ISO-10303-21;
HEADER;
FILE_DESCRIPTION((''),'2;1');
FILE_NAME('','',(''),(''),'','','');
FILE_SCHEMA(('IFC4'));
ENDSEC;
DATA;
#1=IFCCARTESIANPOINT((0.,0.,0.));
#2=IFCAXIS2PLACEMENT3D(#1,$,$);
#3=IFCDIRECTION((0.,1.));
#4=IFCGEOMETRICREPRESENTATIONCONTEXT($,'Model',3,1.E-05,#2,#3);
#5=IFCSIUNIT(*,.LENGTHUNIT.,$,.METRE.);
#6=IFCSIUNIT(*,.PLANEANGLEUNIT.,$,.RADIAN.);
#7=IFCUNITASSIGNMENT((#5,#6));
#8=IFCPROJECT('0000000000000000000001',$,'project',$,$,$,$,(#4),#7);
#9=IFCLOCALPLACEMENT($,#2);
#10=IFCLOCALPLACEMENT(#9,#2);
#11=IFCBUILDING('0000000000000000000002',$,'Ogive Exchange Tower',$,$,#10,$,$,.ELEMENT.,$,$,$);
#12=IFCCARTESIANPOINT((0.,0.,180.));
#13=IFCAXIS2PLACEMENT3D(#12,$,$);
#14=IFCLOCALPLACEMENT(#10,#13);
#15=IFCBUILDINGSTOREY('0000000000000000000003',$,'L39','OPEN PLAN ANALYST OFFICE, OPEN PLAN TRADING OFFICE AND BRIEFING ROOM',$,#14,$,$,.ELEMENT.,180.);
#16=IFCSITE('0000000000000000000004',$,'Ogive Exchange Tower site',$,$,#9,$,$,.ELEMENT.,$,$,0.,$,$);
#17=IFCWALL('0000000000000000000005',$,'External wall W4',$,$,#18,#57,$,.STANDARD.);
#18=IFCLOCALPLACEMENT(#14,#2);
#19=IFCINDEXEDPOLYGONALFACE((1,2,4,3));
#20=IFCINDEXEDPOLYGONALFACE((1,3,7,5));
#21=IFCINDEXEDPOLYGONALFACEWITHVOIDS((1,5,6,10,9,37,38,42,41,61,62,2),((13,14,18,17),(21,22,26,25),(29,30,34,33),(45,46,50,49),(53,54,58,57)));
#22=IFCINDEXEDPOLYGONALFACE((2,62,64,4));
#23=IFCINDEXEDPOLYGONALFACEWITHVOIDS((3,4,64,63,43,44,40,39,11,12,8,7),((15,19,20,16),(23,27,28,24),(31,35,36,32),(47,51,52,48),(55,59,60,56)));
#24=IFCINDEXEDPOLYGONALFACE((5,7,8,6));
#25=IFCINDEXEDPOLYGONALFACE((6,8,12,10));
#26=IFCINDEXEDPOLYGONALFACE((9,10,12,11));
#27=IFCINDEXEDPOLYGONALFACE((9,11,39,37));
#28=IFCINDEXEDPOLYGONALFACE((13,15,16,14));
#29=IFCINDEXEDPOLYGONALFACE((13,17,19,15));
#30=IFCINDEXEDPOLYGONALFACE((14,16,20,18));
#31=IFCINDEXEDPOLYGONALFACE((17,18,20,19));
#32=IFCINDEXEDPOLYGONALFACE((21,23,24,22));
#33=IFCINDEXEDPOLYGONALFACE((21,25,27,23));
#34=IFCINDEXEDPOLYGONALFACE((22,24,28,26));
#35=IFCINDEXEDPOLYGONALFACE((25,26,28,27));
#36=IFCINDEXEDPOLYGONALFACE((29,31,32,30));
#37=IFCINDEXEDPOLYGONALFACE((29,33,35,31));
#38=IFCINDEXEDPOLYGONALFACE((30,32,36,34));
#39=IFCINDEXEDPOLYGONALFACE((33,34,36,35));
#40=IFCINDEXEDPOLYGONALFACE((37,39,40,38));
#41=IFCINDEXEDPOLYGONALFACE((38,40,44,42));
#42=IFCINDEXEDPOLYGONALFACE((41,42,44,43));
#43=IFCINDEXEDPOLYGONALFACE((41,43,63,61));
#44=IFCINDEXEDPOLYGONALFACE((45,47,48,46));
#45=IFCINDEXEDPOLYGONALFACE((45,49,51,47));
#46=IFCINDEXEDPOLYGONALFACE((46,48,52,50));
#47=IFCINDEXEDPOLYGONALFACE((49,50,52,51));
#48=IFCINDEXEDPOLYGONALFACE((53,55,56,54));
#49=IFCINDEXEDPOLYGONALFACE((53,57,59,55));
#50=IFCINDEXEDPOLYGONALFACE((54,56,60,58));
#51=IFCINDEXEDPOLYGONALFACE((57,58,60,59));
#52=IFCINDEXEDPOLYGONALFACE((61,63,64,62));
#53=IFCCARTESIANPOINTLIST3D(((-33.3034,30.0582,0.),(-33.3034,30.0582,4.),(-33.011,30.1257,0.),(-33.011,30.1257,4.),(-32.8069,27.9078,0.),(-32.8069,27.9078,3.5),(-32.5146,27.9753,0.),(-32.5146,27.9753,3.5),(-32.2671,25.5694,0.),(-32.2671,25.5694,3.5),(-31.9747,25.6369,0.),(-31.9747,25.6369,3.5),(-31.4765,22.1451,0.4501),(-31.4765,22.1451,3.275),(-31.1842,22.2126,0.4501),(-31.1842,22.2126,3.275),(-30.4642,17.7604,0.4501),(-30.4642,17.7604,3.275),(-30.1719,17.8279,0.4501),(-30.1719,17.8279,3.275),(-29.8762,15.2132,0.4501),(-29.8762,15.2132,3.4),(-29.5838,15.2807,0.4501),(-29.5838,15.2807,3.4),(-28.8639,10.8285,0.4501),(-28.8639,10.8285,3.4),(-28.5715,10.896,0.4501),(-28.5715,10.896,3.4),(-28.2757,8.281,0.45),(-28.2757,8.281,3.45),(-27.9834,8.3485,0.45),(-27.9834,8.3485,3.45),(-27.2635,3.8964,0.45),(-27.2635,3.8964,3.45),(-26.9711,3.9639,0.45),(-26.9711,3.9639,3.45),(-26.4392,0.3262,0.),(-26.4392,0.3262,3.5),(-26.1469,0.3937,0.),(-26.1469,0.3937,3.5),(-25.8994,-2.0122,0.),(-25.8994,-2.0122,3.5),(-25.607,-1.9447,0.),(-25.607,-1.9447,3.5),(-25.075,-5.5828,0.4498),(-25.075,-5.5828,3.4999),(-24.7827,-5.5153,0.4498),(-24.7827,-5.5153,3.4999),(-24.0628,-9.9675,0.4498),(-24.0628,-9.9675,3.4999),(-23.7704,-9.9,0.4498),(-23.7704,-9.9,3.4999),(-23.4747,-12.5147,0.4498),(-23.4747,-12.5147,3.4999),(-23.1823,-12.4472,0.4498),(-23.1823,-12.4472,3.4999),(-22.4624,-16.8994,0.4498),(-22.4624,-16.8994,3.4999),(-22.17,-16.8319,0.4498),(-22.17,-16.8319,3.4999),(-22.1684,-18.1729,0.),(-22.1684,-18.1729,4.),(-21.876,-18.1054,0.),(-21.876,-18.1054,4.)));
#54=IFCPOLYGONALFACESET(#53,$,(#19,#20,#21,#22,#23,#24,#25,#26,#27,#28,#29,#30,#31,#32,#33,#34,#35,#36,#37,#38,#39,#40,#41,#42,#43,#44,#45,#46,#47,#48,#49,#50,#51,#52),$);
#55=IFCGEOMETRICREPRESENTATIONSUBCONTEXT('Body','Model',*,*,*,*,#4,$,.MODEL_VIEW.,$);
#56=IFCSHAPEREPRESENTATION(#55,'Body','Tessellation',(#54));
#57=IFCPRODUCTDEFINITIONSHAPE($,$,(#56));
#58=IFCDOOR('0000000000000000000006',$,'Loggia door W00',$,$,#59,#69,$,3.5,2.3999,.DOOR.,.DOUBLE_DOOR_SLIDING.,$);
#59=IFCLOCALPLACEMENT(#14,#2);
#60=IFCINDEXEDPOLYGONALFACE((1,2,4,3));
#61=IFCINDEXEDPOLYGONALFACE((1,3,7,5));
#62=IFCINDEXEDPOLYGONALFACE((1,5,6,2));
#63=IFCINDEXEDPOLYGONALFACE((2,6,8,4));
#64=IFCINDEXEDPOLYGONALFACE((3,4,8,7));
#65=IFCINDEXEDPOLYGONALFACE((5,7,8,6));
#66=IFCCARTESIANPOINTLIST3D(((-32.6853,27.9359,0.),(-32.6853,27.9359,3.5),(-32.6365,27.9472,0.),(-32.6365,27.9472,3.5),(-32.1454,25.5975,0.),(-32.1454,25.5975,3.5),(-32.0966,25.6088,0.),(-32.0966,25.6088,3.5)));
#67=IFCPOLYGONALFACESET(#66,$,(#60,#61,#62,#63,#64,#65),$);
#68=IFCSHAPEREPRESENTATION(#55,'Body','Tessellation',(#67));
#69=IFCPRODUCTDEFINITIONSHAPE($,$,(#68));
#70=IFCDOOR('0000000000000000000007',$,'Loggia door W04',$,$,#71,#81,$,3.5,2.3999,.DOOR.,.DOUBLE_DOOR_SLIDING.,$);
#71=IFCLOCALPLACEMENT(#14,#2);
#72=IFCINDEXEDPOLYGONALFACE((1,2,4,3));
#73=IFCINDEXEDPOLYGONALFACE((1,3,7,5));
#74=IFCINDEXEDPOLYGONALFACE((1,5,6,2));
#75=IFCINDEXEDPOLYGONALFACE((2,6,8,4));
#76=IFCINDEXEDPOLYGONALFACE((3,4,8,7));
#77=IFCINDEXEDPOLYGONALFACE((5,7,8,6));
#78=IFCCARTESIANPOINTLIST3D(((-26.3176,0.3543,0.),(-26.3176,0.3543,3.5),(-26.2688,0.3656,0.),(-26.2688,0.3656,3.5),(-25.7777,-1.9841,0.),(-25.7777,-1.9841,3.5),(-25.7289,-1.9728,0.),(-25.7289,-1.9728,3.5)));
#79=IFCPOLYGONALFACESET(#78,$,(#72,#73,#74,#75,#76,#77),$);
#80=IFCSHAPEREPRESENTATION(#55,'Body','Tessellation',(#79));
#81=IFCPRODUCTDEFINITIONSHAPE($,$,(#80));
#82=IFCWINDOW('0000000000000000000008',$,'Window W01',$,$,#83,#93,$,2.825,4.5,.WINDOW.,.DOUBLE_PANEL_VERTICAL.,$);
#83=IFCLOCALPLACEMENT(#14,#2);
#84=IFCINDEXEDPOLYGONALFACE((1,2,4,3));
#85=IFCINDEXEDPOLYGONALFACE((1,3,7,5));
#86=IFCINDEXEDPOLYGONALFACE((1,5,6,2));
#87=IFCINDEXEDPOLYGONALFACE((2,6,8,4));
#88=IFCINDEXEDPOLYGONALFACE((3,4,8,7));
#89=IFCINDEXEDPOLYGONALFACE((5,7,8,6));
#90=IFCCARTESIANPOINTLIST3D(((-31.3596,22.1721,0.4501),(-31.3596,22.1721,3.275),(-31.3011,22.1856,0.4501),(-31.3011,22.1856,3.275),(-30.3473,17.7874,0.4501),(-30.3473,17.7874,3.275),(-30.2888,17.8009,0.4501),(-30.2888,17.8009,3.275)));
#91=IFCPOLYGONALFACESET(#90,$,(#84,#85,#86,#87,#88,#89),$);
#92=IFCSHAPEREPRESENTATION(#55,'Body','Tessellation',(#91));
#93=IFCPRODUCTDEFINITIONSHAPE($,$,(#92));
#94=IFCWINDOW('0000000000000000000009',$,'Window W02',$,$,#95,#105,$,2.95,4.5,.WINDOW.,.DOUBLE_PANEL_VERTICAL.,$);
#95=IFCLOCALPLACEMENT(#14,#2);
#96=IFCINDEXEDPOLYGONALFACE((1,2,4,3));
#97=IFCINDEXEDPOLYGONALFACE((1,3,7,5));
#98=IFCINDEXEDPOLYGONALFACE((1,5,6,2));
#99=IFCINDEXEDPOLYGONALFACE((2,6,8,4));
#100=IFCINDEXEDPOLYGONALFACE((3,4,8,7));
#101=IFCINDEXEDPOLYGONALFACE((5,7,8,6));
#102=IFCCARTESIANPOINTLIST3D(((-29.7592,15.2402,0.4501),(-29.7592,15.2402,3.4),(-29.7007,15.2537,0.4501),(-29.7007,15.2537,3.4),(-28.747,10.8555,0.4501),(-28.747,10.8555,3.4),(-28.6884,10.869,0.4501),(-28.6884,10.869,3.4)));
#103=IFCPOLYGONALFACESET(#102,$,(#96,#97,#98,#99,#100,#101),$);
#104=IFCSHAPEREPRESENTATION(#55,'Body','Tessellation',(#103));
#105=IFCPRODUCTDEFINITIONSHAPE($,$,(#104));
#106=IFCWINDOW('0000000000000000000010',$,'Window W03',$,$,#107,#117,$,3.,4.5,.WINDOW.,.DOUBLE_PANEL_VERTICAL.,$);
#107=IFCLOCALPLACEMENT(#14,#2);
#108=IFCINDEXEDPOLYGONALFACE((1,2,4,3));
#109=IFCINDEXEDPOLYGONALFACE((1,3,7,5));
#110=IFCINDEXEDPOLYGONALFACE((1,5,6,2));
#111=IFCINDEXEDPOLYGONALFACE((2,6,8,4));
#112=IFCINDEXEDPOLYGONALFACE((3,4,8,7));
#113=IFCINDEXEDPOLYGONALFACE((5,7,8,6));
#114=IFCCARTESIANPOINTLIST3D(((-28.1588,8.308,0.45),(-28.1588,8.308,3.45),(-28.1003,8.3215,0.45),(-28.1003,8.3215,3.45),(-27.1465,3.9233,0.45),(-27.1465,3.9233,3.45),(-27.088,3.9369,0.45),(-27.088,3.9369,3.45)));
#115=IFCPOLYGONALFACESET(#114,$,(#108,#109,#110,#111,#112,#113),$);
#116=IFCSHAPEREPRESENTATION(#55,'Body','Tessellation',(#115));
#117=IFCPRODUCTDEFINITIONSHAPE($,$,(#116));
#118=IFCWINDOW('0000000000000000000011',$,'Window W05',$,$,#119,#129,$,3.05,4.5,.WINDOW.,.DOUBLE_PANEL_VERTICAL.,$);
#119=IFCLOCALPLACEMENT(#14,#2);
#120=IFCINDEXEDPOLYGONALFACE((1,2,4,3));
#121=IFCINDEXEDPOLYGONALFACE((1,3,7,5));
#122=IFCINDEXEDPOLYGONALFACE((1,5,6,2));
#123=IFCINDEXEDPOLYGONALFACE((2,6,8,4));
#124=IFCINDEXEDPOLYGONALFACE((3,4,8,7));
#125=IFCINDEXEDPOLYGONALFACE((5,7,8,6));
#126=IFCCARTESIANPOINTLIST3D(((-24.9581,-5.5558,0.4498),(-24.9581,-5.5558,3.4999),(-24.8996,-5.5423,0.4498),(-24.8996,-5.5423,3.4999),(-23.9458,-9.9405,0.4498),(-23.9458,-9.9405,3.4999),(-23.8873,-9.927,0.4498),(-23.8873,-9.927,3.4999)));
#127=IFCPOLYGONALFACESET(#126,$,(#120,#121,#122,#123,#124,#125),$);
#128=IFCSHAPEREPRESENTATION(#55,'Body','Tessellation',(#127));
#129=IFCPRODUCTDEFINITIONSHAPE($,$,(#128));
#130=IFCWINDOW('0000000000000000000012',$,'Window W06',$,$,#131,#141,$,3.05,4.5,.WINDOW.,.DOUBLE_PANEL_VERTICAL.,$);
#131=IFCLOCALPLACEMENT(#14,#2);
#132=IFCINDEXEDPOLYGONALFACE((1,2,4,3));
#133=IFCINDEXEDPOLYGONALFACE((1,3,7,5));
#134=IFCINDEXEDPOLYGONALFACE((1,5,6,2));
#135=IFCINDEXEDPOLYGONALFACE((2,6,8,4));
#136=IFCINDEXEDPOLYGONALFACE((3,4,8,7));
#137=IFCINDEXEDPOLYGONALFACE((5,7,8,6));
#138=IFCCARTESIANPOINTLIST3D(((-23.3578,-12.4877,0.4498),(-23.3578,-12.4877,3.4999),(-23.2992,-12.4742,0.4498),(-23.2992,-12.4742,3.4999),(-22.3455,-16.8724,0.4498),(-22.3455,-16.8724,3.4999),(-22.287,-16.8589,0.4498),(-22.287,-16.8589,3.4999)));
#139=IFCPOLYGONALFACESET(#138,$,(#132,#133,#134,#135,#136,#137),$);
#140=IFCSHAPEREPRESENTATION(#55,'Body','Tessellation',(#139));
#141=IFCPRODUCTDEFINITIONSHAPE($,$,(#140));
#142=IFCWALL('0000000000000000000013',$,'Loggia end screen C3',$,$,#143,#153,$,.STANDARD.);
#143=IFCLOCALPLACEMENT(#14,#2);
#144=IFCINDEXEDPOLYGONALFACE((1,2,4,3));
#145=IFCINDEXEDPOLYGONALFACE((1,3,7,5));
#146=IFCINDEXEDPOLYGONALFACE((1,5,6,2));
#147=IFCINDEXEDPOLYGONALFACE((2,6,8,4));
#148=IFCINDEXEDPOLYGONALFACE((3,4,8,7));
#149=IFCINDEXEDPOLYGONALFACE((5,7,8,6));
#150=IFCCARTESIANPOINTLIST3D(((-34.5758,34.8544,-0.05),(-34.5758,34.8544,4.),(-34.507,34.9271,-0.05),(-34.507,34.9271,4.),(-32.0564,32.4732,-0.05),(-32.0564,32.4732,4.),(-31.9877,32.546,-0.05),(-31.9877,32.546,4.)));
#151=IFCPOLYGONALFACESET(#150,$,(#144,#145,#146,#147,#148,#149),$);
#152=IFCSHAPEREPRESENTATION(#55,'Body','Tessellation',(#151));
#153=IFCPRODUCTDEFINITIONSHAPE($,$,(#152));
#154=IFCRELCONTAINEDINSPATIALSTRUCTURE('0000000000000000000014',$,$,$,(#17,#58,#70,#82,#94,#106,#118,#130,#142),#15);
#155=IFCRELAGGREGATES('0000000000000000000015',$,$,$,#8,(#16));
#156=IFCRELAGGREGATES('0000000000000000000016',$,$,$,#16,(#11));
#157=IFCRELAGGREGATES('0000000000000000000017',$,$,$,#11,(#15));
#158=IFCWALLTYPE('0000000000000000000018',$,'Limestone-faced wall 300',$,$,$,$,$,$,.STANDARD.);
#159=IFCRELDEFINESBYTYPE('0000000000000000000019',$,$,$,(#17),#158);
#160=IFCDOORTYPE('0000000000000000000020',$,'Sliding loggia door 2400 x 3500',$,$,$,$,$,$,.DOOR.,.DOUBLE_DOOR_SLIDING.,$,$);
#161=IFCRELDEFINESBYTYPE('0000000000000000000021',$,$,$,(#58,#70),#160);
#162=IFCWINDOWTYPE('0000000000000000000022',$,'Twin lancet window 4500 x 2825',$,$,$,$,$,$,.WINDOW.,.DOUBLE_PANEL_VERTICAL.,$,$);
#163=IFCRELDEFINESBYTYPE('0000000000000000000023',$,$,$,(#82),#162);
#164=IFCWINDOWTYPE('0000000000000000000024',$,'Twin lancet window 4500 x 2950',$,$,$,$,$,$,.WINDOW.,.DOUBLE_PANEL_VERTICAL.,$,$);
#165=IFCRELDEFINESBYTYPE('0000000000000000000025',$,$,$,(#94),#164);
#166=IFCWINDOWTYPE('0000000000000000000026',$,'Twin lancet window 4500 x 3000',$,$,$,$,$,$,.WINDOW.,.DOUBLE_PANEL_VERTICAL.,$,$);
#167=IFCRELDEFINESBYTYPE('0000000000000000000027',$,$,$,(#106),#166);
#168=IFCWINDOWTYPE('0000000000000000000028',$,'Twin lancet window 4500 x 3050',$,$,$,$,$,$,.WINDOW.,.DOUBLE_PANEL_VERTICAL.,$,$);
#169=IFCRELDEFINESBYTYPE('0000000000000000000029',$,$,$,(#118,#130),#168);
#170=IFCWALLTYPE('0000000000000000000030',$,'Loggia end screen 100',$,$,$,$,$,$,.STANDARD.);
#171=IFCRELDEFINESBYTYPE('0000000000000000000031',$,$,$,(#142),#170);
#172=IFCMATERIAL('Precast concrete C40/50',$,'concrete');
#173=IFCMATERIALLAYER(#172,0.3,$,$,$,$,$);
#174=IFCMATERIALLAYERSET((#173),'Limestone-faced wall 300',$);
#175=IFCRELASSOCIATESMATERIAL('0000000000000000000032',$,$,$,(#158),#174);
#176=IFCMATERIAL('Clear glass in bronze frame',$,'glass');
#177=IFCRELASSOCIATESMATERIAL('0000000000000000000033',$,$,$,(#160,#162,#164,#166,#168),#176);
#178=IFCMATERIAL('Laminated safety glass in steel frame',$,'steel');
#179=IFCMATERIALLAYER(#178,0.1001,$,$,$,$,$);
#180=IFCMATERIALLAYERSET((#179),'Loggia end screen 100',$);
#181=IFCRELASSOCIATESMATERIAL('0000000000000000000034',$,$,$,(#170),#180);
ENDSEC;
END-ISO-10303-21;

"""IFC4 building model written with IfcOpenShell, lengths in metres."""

from ifc_helpers import new_model, si_unit, direction, frame, frame_2d, origin, place, context, subcontext, project, spatial, rectangle, extrude, material, layer, layer_set, type_object, element, fill, save


model = new_model("IFC4")

# Units and contexts
model_context = context("Model", 3, precision=1e-05, world=origin(), true_north=direction((0.0, 1.0)))
body_context = subcontext(model_context, "Body", "Model", "MODEL_VIEW")
ifc_project = project(units=[si_unit("LENGTHUNIT", "METRE"), si_unit("PLANEANGLEUNIT", "RADIAN")], contexts=[model_context])

# Site, building, storey
site_placement = place(None, origin())
site = spatial("IfcSite", under=ifc_project, at=site_placement, Name="Ogive Exchange Tower site", CompositionType="ELEMENT", RefElevation=0.0)
building_placement = place(site_placement, origin())
building = spatial("IfcBuilding", under=site, at=building_placement, Name="Ogive Exchange Tower", CompositionType="ELEMENT")
storey_placement = place(building_placement, frame((0.0, 0.0, 180.0)))
storey = spatial("IfcBuildingStorey", under=building, at=storey_placement, Name="L39", Description="OPEN PLAN ANALYST OFFICE, OPEN PLAN TRADING OFFICE AND BRIEFING ROOM", CompositionType="ELEMENT", Elevation=180.0)

# Wall, openings, doors, windows
ifc_material_1 = material(Name="Precast concrete C40/50", Category="concrete")
ifc_layer_1 = layer(ifc_material_1, 0.3)
ifc_layer_set_1 = layer_set([ifc_layer_1], Name="Limestone-faced wall 300")
wall_type_1 = type_object("IfcWallType", Name="Limestone-faced wall 300", PredefinedType="STANDARD", material=ifc_layer_set_1)
wall_1_placement = place(storey_placement, frame((-33.1572, 30.092, 0.0), z_axis=(0.0, 0.0, 1.0), x_axis=(0.22495, -0.97437, 0.0)))
wall_1 = element("IfcWall", 1, at=wall_1_placement, inside=storey, type_object=wall_type_1, Name="External wall W4", PredefinedType="STANDARD", context=body_context, shape_type="SweptSolid", body=[
    extrude(rectangle(XDim=49.4998, YDim=0.3, at=frame_2d((24.75, 0.0))), origin(), (0.0, 0.0, 1.0), 4.0),
])
opening_1_placement = place(wall_1_placement, frame((2.207, 0.0, 0.0)))
opening_1 = element("IfcOpeningElement", 2, at=opening_1_placement, cuts=wall_1, PredefinedType="OPENING", context=body_context, shape_type="SweptSolid", body=[
    extrude(rectangle(XDim=2.3999, YDim=3.5, at=frame_2d((1.2, 1.75))), frame((0.0, 0.1599, 0.0), z_axis=(0.0, -1.0, 0.0), x_axis=(1.0, 0.0, 0.0)), (0.0, 0.0, 1.0), 0.3201),
])
opening_2_placement = place(wall_1_placement, frame((8.1213, 0.0, 0.45)))
opening_2 = element("IfcOpeningElement", 3, at=opening_2_placement, cuts=wall_1, PredefinedType="OPENING", context=body_context, shape_type="SweptSolid", body=[
    extrude(rectangle(XDim=4.5, YDim=2.825, at=frame_2d((2.25, 1.4126))), frame((0.0, 0.1599, 0.0), z_axis=(0.0, -1.0, 0.0), x_axis=(1.0, 0.0, 0.0)), (0.0, 0.0, 1.0), 0.3201),
])
opening_3_placement = place(wall_1_placement, frame((15.2356, 0.0, 0.45)))
opening_3 = element("IfcOpeningElement", 4, at=opening_3_placement, cuts=wall_1, PredefinedType="OPENING", context=body_context, shape_type="SweptSolid", body=[
    extrude(rectangle(XDim=4.5, YDim=2.95, at=frame_2d((2.25, 1.4751))), frame((0.0, 0.1599, 0.0), z_axis=(0.0, -1.0, 0.0), x_axis=(1.0, 0.0, 0.0)), (0.0, 0.0, 1.0), 0.3201),
])
opening_4_placement = place(wall_1_placement, frame((22.3501, 0.0, 0.45)))
opening_4 = element("IfcOpeningElement", 5, at=opening_4_placement, cuts=wall_1, PredefinedType="OPENING", context=body_context, shape_type="SweptSolid", body=[
    extrude(rectangle(XDim=4.5, YDim=3.0, at=frame_2d((2.25, 1.5))), frame((0.0, 0.1599, 0.0), z_axis=(0.0, -1.0, 0.0), x_axis=(1.0, 0.0, 0.0)), (0.0, 0.0, 1.0), 0.3201),
])
opening_5_placement = place(wall_1_placement, frame((30.5142, 0.0, 0.0)))
opening_5 = element("IfcOpeningElement", 6, at=opening_5_placement, cuts=wall_1, PredefinedType="OPENING", context=body_context, shape_type="SweptSolid", body=[
    extrude(rectangle(XDim=2.3999, YDim=3.5, at=frame_2d((1.2, 1.75))), frame((0.0, 0.1599, 0.0), z_axis=(0.0, -1.0, 0.0), x_axis=(1.0, 0.0, 0.0)), (0.0, 0.0, 1.0), 0.3201),
])
opening_6_placement = place(wall_1_placement, frame((36.5786, 0.0, 0.45)))
opening_6 = element("IfcOpeningElement", 7, at=opening_6_placement, cuts=wall_1, PredefinedType="OPENING", context=body_context, shape_type="SweptSolid", body=[
    extrude(rectangle(XDim=4.5, YDim=3.05, at=frame_2d((2.25, 1.5249))), frame((0.0, 0.1599, 0.0), z_axis=(0.0, -1.0, 0.0), x_axis=(1.0, 0.0, 0.0)), (0.0, 0.0, 1.0), 0.3201),
])
opening_7_placement = place(wall_1_placement, frame((43.6929, 0.0, 0.45)))
opening_7 = element("IfcOpeningElement", 8, at=opening_7_placement, cuts=wall_1, PredefinedType="OPENING", context=body_context, shape_type="SweptSolid", body=[
    extrude(rectangle(XDim=4.5, YDim=3.05, at=frame_2d((2.25, 1.5249))), frame((0.0, 0.1599, 0.0), z_axis=(0.0, -1.0, 0.0), x_axis=(1.0, 0.0, 0.0)), (0.0, 0.0, 1.0), 0.3201),
])
ifc_material_2 = material(Name="Clear glass in bronze frame", Category="glass")
door_type_1 = type_object("IfcDoorType", Name="Sliding loggia door 2400 x 3500", OperationType="DOUBLE_DOOR_SLIDING", PredefinedType="DOOR", material=ifc_material_2)
door_1_placement = place(opening_1_placement, origin())
door_1 = element("IfcDoor", 9, at=door_1_placement, inside=storey, type_object=door_type_1, Name="Loggia door W00", OperationType="DOUBLE_DOOR_SLIDING", OverallHeight=3.5, OverallWidth=2.3999, PredefinedType="DOOR", context=body_context, shape_type="SweptSolid", body=[
    extrude(rectangle(XDim=2.3999, YDim=3.5, at=frame_2d((1.2, 1.75))), frame((0.0, 0.0249, 0.0), z_axis=(0.0, -1.0, 0.0), x_axis=(1.0, 0.0, 0.0)), (0.0, 0.0, 1.0), 0.05),
])
fill(opening_1, door_1)
door_2_placement = place(opening_5_placement, origin())
door_2 = element("IfcDoor", 10, at=door_2_placement, inside=storey, type_object=door_type_1, Name="Loggia door W04", OperationType="DOUBLE_DOOR_SLIDING", OverallHeight=3.5, OverallWidth=2.3999, PredefinedType="DOOR", context=body_context, shape_type="SweptSolid", body=[
    extrude(rectangle(XDim=2.3999, YDim=3.5, at=frame_2d((1.2, 1.75))), frame((0.0, 0.0249, 0.0), z_axis=(0.0, -1.0, 0.0), x_axis=(1.0, 0.0, 0.0)), (0.0, 0.0, 1.0), 0.05),
])
fill(opening_5, door_2)
window_type_1 = type_object("IfcWindowType", Name="Twin lancet window 4500 x 2825", PartitioningType="DOUBLE_PANEL_VERTICAL", PredefinedType="WINDOW", material=ifc_material_2)
window_1_placement = place(opening_2_placement, origin())
window_1 = element("IfcWindow", 11, at=window_1_placement, inside=storey, type_object=window_type_1, Name="Window W01", OverallHeight=2.825, OverallWidth=4.5, PartitioningType="DOUBLE_PANEL_VERTICAL", PredefinedType="WINDOW", context=body_context, shape_type="SweptSolid", body=[
    extrude(rectangle(XDim=4.5, YDim=2.825, at=frame_2d((2.25, 1.4126))), frame((0.0, 0.03, 0.0), z_axis=(0.0, -1.0, 0.0), x_axis=(1.0, 0.0, 0.0)), (0.0, 0.0, 1.0), 0.0601),
])
fill(opening_2, window_1)
window_type_2 = type_object("IfcWindowType", Name="Twin lancet window 4500 x 2950", PartitioningType="DOUBLE_PANEL_VERTICAL", PredefinedType="WINDOW", material=ifc_material_2)
window_2_placement = place(opening_3_placement, origin())
window_2 = element("IfcWindow", 12, at=window_2_placement, inside=storey, type_object=window_type_2, Name="Window W02", OverallHeight=2.95, OverallWidth=4.5, PartitioningType="DOUBLE_PANEL_VERTICAL", PredefinedType="WINDOW", context=body_context, shape_type="SweptSolid", body=[
    extrude(rectangle(XDim=4.5, YDim=2.95, at=frame_2d((2.25, 1.4751))), frame((0.0, 0.03, 0.0), z_axis=(0.0, -1.0, 0.0), x_axis=(1.0, 0.0, 0.0)), (0.0, 0.0, 1.0), 0.0601),
])
fill(opening_3, window_2)
window_type_3 = type_object("IfcWindowType", Name="Twin lancet window 4500 x 3000", PartitioningType="DOUBLE_PANEL_VERTICAL", PredefinedType="WINDOW", material=ifc_material_2)
window_3_placement = place(opening_4_placement, origin())
window_3 = element("IfcWindow", 13, at=window_3_placement, inside=storey, type_object=window_type_3, Name="Window W03", OverallHeight=3.0, OverallWidth=4.5, PartitioningType="DOUBLE_PANEL_VERTICAL", PredefinedType="WINDOW", context=body_context, shape_type="SweptSolid", body=[
    extrude(rectangle(XDim=4.5, YDim=3.0, at=frame_2d((2.25, 1.5))), frame((0.0, 0.03, 0.0), z_axis=(0.0, -1.0, 0.0), x_axis=(1.0, 0.0, 0.0)), (0.0, 0.0, 1.0), 0.0601),
])
fill(opening_4, window_3)
window_type_4 = type_object("IfcWindowType", Name="Twin lancet window 4500 x 3050", PartitioningType="DOUBLE_PANEL_VERTICAL", PredefinedType="WINDOW", material=ifc_material_2)
window_4_placement = place(opening_6_placement, origin())
window_4 = element("IfcWindow", 14, at=window_4_placement, inside=storey, type_object=window_type_4, Name="Window W05", OverallHeight=3.05, OverallWidth=4.5, PartitioningType="DOUBLE_PANEL_VERTICAL", PredefinedType="WINDOW", context=body_context, shape_type="SweptSolid", body=[
    extrude(rectangle(XDim=4.5, YDim=3.05, at=frame_2d((2.25, 1.5249))), frame((0.0, 0.03, 0.0), z_axis=(0.0, -1.0, 0.0), x_axis=(1.0, 0.0, 0.0)), (0.0, 0.0, 1.0), 0.0601),
])
fill(opening_6, window_4)
window_5_placement = place(opening_7_placement, origin())
window_5 = element("IfcWindow", 15, at=window_5_placement, inside=storey, type_object=window_type_4, Name="Window W06", OverallHeight=3.05, OverallWidth=4.5, PartitioningType="DOUBLE_PANEL_VERTICAL", PredefinedType="WINDOW", context=body_context, shape_type="SweptSolid", body=[
    extrude(rectangle(XDim=4.5, YDim=3.05, at=frame_2d((2.25, 1.5249))), frame((0.0, 0.03, 0.0), z_axis=(0.0, -1.0, 0.0), x_axis=(1.0, 0.0, 0.0)), (0.0, 0.0, 1.0), 0.0601),
])
fill(opening_7, window_5)

# Wall
ifc_material_3 = material(Name="Laminated safety glass in steel frame", Category="steel")
ifc_layer_2 = layer(ifc_material_3, 0.1001)
ifc_layer_set_2 = layer_set([ifc_layer_2], Name="Loggia end screen 100")
wall_type_2 = type_object("IfcWallType", Name="Loggia end screen 100", PredefinedType="STANDARD", material=ifc_layer_set_2)
wall_2_placement = place(storey_placement, frame((-32.022, 32.5095, -0.05), z_axis=(0.0, 0.0, 1.0), x_axis=(-0.726757, 0.686894, 0.0)))
element("IfcWall", 16, at=wall_2_placement, inside=storey, type_object=wall_type_2, Name="Loggia end screen C3", PredefinedType="STANDARD", context=body_context, shape_type="SweptSolid", body=[
    extrude(rectangle(XDim=3.4666, YDim=0.1001, at=frame_2d((1.7334, 0.0))), origin(), (0.0, 0.0, 1.0), 4.05),
])

save(model, "model.ifc")
